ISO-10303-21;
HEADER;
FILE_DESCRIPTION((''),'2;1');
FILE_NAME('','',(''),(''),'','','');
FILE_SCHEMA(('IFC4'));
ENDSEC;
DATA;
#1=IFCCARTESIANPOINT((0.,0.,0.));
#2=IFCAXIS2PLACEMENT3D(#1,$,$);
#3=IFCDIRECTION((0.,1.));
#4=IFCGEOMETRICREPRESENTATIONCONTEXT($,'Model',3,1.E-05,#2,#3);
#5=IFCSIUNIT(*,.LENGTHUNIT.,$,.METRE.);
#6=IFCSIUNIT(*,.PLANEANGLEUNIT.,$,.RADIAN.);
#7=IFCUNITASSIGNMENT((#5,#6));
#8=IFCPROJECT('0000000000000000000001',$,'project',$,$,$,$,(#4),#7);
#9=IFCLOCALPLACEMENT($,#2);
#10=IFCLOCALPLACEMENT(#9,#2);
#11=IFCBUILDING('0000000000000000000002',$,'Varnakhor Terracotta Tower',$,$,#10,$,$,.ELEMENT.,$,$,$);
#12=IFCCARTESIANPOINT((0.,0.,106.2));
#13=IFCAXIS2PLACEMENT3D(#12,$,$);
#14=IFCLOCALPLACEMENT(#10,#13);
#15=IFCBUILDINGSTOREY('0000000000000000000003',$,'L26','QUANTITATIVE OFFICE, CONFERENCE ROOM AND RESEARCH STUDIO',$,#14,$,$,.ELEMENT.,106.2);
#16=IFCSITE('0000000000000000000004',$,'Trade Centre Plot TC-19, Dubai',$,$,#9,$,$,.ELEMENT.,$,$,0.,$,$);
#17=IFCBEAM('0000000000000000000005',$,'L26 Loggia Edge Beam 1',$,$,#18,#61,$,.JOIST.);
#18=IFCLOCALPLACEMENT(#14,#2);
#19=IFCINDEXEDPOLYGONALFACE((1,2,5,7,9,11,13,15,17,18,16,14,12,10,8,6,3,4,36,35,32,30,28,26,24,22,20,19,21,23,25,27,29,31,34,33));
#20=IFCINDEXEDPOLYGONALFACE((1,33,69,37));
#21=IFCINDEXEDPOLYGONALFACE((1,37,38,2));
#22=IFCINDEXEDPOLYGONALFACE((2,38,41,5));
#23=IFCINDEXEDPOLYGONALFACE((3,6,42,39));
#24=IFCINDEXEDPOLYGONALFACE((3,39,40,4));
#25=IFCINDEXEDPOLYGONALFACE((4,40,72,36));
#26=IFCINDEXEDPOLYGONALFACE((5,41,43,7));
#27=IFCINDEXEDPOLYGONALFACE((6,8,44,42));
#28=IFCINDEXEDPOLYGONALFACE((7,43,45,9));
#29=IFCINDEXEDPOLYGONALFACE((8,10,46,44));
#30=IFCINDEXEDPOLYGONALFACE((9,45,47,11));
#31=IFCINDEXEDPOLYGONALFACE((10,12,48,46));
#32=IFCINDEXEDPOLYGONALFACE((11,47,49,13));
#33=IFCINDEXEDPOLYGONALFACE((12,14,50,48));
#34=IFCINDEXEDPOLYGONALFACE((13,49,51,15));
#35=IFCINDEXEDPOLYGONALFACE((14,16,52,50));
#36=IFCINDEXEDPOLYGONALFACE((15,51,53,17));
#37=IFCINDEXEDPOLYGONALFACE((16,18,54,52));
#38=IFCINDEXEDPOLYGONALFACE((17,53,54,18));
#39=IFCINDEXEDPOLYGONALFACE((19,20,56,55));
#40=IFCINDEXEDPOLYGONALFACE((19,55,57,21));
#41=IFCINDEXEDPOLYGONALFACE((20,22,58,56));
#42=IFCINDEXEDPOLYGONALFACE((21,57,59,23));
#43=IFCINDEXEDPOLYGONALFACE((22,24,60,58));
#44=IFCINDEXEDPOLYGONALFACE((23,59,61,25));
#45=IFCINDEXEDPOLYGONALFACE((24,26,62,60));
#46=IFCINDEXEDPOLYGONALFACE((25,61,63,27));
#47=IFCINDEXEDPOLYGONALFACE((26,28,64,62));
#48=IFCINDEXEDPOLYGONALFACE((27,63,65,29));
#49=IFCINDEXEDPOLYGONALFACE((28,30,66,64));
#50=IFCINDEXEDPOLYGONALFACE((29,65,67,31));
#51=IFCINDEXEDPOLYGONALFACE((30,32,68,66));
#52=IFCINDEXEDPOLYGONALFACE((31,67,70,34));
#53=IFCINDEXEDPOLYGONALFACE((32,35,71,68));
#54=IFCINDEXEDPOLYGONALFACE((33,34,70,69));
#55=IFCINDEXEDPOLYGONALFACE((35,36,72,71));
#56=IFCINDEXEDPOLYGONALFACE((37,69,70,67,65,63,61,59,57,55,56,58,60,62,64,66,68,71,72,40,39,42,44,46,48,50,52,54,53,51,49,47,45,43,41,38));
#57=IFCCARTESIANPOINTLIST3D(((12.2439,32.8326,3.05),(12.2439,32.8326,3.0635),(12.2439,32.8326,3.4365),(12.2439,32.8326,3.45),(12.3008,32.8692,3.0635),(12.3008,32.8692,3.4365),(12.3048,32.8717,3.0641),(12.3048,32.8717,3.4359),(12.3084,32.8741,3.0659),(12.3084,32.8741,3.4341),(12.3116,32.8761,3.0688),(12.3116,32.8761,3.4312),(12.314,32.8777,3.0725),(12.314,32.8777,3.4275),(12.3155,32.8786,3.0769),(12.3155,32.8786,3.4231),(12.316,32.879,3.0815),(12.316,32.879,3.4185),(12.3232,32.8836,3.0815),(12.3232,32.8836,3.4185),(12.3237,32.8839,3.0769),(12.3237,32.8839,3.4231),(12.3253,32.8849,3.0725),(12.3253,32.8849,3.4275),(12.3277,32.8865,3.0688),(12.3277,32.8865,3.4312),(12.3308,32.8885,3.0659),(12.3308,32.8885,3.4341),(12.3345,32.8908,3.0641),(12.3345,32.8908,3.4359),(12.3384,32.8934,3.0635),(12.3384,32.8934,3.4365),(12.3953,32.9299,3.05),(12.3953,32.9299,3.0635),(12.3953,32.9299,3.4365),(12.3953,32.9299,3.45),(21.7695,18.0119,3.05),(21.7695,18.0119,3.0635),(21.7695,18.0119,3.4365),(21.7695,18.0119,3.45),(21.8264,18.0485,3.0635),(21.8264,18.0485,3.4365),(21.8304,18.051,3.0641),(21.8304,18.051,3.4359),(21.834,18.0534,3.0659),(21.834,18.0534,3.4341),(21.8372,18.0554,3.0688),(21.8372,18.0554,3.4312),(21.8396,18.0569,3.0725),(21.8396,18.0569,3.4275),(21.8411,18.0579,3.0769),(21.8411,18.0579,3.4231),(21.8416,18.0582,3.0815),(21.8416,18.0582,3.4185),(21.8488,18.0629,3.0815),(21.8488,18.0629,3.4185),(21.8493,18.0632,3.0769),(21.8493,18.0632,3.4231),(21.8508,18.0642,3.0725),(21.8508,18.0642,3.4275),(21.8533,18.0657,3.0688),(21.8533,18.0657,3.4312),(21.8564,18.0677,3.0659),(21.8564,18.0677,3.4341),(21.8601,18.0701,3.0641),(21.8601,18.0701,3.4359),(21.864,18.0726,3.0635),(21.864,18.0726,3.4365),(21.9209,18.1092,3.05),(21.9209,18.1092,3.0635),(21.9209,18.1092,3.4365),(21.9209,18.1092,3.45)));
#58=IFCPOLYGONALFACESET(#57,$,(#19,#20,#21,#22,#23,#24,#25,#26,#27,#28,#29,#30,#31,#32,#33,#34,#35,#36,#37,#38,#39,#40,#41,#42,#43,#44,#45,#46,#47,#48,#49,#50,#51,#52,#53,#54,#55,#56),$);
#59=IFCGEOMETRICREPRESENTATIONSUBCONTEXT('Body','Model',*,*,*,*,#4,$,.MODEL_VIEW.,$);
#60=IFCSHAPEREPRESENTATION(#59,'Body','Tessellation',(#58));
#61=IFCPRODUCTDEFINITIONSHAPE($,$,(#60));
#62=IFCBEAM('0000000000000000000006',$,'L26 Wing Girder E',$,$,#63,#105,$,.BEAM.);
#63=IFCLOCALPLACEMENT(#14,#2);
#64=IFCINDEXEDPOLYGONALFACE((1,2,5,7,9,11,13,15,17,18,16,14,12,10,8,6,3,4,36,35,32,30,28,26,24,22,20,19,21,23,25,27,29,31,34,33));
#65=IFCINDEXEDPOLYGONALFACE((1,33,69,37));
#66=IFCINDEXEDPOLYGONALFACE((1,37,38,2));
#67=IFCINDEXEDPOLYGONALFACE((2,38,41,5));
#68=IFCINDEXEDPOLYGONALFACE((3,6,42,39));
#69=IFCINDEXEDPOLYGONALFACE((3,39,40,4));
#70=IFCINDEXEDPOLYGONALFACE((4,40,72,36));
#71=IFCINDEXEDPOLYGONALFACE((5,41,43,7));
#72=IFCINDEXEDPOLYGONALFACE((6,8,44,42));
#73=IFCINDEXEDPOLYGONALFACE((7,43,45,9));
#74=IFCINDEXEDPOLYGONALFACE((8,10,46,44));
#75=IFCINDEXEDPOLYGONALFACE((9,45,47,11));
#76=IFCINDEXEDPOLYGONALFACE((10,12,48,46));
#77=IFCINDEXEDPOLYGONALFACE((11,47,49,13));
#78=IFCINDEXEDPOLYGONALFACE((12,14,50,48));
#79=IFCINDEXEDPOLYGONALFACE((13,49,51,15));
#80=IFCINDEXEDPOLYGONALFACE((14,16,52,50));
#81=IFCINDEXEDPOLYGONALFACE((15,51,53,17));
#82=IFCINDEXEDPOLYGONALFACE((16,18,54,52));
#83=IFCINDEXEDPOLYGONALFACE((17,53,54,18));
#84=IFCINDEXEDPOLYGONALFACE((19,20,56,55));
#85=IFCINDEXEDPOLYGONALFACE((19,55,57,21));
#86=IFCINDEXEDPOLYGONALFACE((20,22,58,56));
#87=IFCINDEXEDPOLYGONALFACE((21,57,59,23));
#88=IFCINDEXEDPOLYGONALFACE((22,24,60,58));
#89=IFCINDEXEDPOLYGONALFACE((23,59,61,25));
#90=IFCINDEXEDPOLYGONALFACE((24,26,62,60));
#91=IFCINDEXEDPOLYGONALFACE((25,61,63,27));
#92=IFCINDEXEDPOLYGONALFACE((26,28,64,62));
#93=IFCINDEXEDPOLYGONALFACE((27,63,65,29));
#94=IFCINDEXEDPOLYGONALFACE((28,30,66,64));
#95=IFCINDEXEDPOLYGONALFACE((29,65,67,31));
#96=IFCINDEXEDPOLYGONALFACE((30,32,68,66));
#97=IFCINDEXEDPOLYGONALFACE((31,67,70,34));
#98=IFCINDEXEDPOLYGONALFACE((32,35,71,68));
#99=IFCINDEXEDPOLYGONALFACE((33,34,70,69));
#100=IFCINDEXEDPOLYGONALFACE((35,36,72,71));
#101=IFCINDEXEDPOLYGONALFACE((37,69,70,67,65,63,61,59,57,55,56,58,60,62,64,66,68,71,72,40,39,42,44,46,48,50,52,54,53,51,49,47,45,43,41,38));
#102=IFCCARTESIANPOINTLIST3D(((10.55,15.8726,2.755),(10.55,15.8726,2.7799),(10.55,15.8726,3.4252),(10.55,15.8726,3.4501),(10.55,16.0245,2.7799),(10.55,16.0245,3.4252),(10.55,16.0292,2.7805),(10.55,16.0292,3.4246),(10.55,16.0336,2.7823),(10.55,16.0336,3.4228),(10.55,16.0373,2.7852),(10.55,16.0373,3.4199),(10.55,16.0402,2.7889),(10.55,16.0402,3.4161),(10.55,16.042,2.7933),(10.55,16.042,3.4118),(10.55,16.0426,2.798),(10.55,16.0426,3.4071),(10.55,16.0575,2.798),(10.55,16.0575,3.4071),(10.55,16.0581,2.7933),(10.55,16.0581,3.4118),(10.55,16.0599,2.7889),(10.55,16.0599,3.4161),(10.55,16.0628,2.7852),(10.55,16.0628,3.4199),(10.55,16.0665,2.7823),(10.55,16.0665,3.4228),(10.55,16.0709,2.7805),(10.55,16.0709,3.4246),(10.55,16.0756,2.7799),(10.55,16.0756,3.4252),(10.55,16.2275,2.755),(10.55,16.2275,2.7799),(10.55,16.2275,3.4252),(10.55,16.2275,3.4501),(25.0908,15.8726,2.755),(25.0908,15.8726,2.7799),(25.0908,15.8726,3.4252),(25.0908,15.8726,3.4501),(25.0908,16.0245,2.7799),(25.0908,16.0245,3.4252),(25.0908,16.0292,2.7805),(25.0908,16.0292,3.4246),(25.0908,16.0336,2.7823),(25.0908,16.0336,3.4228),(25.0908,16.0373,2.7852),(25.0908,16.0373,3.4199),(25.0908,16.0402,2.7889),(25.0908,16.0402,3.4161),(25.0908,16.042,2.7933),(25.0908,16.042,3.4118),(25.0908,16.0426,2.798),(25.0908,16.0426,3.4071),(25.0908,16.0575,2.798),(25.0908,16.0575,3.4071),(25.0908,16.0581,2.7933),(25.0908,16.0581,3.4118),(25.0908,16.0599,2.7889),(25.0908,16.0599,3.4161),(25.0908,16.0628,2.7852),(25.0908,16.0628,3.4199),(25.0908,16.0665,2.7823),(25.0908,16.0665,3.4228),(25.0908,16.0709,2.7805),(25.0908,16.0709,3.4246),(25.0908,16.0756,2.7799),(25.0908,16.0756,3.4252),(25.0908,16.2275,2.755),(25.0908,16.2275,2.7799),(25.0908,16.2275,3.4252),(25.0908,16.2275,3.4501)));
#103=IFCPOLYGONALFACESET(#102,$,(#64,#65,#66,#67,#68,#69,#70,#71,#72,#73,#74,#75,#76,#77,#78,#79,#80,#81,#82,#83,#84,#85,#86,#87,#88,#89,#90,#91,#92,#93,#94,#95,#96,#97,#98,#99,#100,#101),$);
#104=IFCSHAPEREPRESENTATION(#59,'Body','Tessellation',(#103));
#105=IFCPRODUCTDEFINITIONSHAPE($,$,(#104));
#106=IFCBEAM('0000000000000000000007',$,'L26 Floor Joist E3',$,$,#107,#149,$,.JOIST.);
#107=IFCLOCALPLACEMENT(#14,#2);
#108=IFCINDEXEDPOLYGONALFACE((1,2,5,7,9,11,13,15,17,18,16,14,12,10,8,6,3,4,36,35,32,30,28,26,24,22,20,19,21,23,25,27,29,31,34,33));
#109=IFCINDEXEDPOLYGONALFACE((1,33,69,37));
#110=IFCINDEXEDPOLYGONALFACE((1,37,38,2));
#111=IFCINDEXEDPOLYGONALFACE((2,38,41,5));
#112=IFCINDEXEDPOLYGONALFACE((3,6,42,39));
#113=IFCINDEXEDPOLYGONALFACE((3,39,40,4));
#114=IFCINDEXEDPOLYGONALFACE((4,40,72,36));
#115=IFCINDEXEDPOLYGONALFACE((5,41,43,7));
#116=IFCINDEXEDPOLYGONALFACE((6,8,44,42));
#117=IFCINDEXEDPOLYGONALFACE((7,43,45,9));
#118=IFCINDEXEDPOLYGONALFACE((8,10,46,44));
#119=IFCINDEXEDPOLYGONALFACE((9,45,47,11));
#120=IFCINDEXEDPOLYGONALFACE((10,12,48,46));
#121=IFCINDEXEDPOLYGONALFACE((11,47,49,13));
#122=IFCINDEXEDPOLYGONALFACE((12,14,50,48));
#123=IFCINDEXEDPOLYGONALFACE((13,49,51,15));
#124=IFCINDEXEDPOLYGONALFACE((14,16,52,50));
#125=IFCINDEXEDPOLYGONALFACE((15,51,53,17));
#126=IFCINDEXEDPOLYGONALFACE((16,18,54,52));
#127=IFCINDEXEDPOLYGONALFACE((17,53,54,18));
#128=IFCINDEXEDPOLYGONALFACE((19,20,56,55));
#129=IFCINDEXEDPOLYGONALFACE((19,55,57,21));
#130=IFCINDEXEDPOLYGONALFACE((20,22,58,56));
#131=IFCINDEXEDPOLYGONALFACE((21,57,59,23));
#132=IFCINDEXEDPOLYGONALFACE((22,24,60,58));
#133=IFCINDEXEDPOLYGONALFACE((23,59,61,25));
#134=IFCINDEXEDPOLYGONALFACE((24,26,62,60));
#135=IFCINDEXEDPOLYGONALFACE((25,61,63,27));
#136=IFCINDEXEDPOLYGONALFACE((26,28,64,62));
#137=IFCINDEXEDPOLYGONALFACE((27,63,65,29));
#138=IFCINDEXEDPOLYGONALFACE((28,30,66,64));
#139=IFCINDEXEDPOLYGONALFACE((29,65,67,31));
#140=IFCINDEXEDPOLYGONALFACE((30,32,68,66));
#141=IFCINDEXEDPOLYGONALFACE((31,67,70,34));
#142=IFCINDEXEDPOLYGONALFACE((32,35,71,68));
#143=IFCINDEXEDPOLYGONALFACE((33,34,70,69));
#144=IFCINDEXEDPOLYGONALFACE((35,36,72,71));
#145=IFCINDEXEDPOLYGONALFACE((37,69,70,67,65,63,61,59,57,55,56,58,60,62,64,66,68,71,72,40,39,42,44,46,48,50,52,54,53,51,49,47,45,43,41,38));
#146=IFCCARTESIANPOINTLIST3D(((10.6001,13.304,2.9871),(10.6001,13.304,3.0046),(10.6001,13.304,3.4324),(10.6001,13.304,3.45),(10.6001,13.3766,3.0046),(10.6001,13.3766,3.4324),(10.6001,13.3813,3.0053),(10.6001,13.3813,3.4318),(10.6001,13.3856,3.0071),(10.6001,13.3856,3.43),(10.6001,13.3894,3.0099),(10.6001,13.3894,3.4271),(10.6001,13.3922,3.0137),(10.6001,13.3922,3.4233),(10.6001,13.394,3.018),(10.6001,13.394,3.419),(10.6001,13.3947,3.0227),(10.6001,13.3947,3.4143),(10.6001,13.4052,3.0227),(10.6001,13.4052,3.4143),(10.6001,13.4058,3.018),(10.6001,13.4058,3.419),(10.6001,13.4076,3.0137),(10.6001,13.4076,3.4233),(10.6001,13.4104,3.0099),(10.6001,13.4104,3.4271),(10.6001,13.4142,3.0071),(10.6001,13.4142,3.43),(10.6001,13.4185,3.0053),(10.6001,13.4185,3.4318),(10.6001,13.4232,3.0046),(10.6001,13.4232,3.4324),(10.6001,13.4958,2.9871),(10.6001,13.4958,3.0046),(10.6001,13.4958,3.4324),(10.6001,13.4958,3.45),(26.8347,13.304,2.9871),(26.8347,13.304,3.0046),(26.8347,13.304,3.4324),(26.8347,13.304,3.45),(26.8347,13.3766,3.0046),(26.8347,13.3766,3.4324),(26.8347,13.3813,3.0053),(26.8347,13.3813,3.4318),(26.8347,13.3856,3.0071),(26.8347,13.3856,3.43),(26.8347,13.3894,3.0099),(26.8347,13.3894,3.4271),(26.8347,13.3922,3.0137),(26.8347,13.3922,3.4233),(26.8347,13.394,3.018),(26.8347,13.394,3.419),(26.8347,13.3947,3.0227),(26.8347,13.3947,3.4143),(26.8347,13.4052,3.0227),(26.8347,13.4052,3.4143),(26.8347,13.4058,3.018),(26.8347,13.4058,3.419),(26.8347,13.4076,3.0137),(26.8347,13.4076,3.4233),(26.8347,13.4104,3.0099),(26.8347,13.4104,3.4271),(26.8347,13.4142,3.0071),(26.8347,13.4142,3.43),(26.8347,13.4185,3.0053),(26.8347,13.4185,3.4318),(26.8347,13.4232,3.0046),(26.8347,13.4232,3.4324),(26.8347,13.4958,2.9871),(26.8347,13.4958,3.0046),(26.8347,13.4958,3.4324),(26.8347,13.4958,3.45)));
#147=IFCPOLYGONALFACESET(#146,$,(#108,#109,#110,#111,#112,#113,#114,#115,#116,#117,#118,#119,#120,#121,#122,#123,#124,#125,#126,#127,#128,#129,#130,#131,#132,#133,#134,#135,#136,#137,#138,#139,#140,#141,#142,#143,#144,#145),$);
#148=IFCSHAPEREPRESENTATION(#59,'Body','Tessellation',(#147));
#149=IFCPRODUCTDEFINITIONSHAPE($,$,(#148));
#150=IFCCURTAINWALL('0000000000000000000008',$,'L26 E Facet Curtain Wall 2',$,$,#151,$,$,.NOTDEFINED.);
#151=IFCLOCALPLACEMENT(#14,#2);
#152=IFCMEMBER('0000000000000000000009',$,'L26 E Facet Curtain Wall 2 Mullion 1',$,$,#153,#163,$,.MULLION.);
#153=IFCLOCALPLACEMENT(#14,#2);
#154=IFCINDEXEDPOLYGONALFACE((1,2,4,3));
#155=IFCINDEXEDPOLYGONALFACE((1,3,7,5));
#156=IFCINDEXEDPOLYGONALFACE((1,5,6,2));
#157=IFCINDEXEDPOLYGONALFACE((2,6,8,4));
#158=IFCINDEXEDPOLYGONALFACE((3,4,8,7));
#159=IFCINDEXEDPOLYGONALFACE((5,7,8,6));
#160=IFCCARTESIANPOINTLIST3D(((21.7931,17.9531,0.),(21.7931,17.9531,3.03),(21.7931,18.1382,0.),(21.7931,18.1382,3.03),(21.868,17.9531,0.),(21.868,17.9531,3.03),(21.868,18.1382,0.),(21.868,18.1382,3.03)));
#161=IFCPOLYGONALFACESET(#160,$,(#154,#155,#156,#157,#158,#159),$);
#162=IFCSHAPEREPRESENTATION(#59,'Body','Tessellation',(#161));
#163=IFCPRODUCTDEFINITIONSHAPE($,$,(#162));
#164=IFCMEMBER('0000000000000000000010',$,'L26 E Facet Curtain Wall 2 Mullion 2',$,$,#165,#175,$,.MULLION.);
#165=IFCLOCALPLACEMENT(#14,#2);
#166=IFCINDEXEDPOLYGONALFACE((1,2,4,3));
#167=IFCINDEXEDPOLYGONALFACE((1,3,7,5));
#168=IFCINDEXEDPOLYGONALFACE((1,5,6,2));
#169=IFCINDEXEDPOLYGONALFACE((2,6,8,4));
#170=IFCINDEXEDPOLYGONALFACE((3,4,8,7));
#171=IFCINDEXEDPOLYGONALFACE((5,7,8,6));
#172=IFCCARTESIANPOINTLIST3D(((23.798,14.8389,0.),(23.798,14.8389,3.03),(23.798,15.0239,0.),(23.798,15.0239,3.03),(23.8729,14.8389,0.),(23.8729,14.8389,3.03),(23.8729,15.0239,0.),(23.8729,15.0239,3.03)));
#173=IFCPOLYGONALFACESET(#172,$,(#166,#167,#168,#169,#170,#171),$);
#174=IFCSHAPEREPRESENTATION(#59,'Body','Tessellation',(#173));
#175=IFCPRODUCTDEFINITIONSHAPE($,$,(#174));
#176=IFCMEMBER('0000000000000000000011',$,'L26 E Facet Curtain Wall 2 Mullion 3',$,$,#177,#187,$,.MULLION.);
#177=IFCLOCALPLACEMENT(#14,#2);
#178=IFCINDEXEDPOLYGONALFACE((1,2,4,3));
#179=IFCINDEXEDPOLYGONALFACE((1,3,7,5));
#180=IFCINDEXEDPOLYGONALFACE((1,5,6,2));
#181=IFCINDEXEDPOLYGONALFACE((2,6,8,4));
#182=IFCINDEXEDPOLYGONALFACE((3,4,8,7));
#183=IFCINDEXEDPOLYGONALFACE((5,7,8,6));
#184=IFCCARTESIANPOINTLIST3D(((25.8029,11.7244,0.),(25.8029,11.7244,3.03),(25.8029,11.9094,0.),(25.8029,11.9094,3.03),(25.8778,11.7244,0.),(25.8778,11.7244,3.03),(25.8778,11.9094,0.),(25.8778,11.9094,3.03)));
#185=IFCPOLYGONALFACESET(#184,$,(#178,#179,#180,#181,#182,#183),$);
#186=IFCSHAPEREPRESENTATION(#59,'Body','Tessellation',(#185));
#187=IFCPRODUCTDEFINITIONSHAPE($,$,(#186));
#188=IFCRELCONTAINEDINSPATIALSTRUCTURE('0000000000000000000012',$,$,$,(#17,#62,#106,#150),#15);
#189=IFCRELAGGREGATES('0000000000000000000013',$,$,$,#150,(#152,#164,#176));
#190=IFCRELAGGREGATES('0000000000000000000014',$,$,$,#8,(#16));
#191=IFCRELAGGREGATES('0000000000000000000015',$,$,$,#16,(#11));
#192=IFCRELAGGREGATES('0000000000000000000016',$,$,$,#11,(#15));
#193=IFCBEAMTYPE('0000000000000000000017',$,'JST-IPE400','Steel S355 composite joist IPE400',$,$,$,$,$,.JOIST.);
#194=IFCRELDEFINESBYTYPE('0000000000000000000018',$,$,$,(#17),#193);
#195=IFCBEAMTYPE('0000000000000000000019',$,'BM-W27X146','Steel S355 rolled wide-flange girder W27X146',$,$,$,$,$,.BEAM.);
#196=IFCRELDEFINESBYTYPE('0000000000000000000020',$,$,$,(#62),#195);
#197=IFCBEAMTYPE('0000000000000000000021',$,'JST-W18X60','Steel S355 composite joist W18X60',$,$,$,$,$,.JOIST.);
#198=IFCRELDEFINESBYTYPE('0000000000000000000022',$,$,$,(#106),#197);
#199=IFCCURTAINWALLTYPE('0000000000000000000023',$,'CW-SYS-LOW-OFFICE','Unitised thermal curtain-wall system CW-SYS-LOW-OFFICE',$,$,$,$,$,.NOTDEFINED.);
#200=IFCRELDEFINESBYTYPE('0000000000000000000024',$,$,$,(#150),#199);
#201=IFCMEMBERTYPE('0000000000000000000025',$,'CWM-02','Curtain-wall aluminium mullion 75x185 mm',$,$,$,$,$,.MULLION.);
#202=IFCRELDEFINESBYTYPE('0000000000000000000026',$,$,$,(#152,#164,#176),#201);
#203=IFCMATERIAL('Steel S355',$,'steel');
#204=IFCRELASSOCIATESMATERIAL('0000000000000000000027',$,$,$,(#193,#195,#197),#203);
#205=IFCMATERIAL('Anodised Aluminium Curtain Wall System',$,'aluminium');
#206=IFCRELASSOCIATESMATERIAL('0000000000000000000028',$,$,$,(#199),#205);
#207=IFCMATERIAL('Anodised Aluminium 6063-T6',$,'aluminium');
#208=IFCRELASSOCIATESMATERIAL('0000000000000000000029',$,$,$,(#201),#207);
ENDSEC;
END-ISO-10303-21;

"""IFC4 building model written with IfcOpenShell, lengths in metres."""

from ifc_helpers import new_model, si_unit, direction, frame, origin, origin_2d, place, context, subcontext, project, spatial, rectangle, i_section, extrude, source, transform, mapped, material, material_profile, profile_set, type_object, type_shapes, element, aggregate, save


model = new_model("IFC4")

# Units and contexts
model_context = context("Model", 3, precision=1e-05, world=origin(), true_north=direction((0.0, 1.0)))
body_context = subcontext(model_context, "Body", "Model", "MODEL_VIEW")
ifc_project = project(units=[si_unit("LENGTHUNIT", "METRE"), si_unit("PLANEANGLEUNIT", "RADIAN")], contexts=[model_context])

# Site, building, storey
site_placement = place(None, origin())
site = spatial("IfcSite", under=ifc_project, at=site_placement, Name="Trade Centre Plot TC-19, Dubai", CompositionType="ELEMENT", RefElevation=0.0)
building_placement = place(site_placement, origin())
building = spatial("IfcBuilding", under=site, at=building_placement, Name="Varnakhor Terracotta Tower", CompositionType="ELEMENT")
storey_placement = place(building_placement, frame((0.0, 0.0, 106.2)))
storey = spatial("IfcBuildingStorey", under=building, at=storey_placement, Name="L26", Description="QUANTITATIVE OFFICE, CONFERENCE ROOM AND RESEARCH STUDIO", CompositionType="ELEMENT", Elevation=106.2)

# Beams
ifc_material_1 = material(Name="Steel S355", Category="steel")
ifc_material_profile_1 = material_profile(ifc_material_1, i_section(OverallWidth=0.1799, OverallDepth=0.3999, WebThickness=0.0085, FlangeThickness=0.0134, FilletRadius=0.0181, at=origin_2d()), Name="IPE400")
ifc_profile_set_1 = profile_set([ifc_material_profile_1], Name="Steel S355")
beam_type_1 = type_object("IfcBeamType", Name="JST-IPE400", Description="Steel S355 composite joist IPE400", PredefinedType="JOIST", material=ifc_profile_set_1)
shared_shape_1 = source(origin(), body_context, "Body", "SweptSolid", [
    extrude(i_section(OverallWidth=0.1799, OverallDepth=0.3999, WebThickness=0.0085, FlangeThickness=0.0134, FilletRadius=0.0181, at=origin_2d()), origin(), (0.0, 0.0, 1.0), 17.6179),
])
beam_1_placement = place(storey_placement, frame((21.8452, 18.0605, 3.25), z_axis=(-0.540676, 0.841231, 0.0), x_axis=(-0.841231, -0.540676, 0.0)))
element("IfcBeam", 1, at=beam_1_placement, inside=storey, type_object=beam_type_1, Name="L26 Loggia Edge Beam 1", PredefinedType="JOIST", context=body_context, shape_type="MappedRepresentation", body=[
    mapped(shared_shape_1, transform((0.0, 0.0, 0.0), scale=1.0)),
])
ifc_material_profile_2 = material_profile(ifc_material_1, i_section(OverallWidth=0.355, OverallDepth=0.6951, WebThickness=0.0149, FlangeThickness=0.0249, FilletRadius=0.0181, at=origin_2d()), Name="W27X146")
ifc_profile_set_2 = profile_set([ifc_material_profile_2], Name="Steel S355")
beam_type_2 = type_object("IfcBeamType", Name="BM-W27X146", Description="Steel S355 rolled wide-flange girder W27X146", PredefinedType="BEAM", material=ifc_profile_set_2)
shared_shape_2 = source(origin(), body_context, "Body", "SweptSolid", [
    extrude(i_section(OverallWidth=0.355, OverallDepth=0.6951, WebThickness=0.0149, FlangeThickness=0.0249, FilletRadius=0.0181, at=origin_2d()), origin(), (0.0, 0.0, 1.0), 14.5408),
])
beam_2_placement = place(storey_placement, frame((10.55, 16.05, 3.1025), z_axis=(1.0, 0.0, 0.0), x_axis=(0.0, 1.0, 0.0)))
element("IfcBeam", 2, at=beam_2_placement, inside=storey, type_object=beam_type_2, Name="L26 Wing Girder E", PredefinedType="BEAM", context=body_context, shape_type="MappedRepresentation", body=[
    mapped(shared_shape_2, transform((0.0, 0.0, 0.0), scale=1.0)),
])
ifc_material_profile_3 = material_profile(ifc_material_1, i_section(OverallWidth=0.1919, OverallDepth=0.4629, WebThickness=0.0105, FlangeThickness=0.0176, FilletRadius=0.0181, at=origin_2d()), Name="W18X60")
ifc_profile_set_3 = profile_set([ifc_material_profile_3], Name="Steel S355")
beam_type_3 = type_object("IfcBeamType", Name="JST-W18X60", Description="Steel S355 composite joist W18X60", PredefinedType="JOIST", material=ifc_profile_set_3)
shared_shape_3 = source(origin(), body_context, "Body", "SweptSolid", [
    extrude(i_section(OverallWidth=0.1919, OverallDepth=0.4629, WebThickness=0.0105, FlangeThickness=0.0176, FilletRadius=0.0181, at=origin_2d()), origin(), (0.0, 0.0, 1.0), 16.2346),
])
beam_3_placement = place(storey_placement, frame((10.6001, 13.3999, 3.2185), z_axis=(1.0, 0.0, 0.0), x_axis=(0.0, 1.0, 0.0)))
element("IfcBeam", 3, at=beam_3_placement, inside=storey, type_object=beam_type_3, Name="L26 Floor Joist E3", PredefinedType="JOIST", context=body_context, shape_type="MappedRepresentation", body=[
    mapped(shared_shape_3, transform((0.0, 0.0, 0.0), scale=1.0)),
])

# Curtain wall, members
ifc_material_2 = material(Name="Anodised Aluminium Curtain Wall System", Category="aluminium")
curtain_wall_type = type_object("IfcCurtainWallType", Name="CW-SYS-LOW-OFFICE", Description="Unitised thermal curtain-wall system CW-SYS-LOW-OFFICE", PredefinedType="NOTDEFINED", material=ifc_material_2)
curtain_wall_placement = place(storey_placement, origin())
curtain_wall = element("IfcCurtainWall", 4, at=curtain_wall_placement, inside=storey, type_object=curtain_wall_type, Name="L26 E Facet Curtain Wall 2", PredefinedType="NOTDEFINED")
ifc_material_3 = material(Name="Anodised Aluminium 6063-T6", Category="aluminium")
ifc_material_profile_4 = material_profile(ifc_material_3, rectangle(XDim=0.075, YDim=0.1851, at=origin_2d()), Name="ALU MULLION 75x185")
ifc_profile_set_4 = profile_set([ifc_material_profile_4], Name="Anodised Aluminium 6063-T6")
member_type_1 = type_object("IfcMemberType", Name="CWM-02", Description="Curtain-wall aluminium mullion 75x185 mm", PredefinedType="MULLION", material=ifc_profile_set_4)
shared_shape_4 = source(origin(), body_context, "Body", "SweptSolid", [
    extrude(rectangle(XDim=0.075, YDim=0.1851, at=origin_2d()), origin(), (0.0, 0.0, 1.0), 3.03),
])
type_shapes(member_type_1, [shared_shape_4])
member_1_placement = place(storey_placement, frame((21.8306, 18.0457, 0.0), z_axis=(0.0, 0.0, 1.0), x_axis=(1.0, 0.0, 0.0)))
member_1 = element("IfcMember", 5, at=member_1_placement, type_object=member_type_1, Name="L26 E Facet Curtain Wall 2 Mullion 1", PredefinedType="MULLION", context=body_context, shape_type="MappedRepresentation", body=[
    mapped(shared_shape_4, transform((0.0, 0.0, 0.0), scale=1.0)),
])
member_2_placement = place(storey_placement, frame((23.8354, 14.9314, 0.0), z_axis=(0.0, 0.0, 1.0), x_axis=(1.0, 0.0, 0.0)))
member_2 = element("IfcMember", 6, at=member_2_placement, type_object=member_type_1, Name="L26 E Facet Curtain Wall 2 Mullion 2", PredefinedType="MULLION", context=body_context, shape_type="MappedRepresentation", body=[
    mapped(shared_shape_4, transform((0.0, 0.0, 0.0), scale=1.0)),
])
member_3_placement = place(storey_placement, frame((25.8403, 11.8169, 0.0), z_axis=(0.0, 0.0, 1.0), x_axis=(1.0, 0.0, 0.0)))
member_3 = element("IfcMember", 7, at=member_3_placement, type_object=member_type_1, Name="L26 E Facet Curtain Wall 2 Mullion 3", PredefinedType="MULLION", context=body_context, shape_type="MappedRepresentation", body=[
    mapped(shared_shape_4, transform((0.0, 0.0, 0.0), scale=1.0)),
])

aggregate(curtain_wall, [member_1, member_2, member_3])

save(model, "model.ifc")
